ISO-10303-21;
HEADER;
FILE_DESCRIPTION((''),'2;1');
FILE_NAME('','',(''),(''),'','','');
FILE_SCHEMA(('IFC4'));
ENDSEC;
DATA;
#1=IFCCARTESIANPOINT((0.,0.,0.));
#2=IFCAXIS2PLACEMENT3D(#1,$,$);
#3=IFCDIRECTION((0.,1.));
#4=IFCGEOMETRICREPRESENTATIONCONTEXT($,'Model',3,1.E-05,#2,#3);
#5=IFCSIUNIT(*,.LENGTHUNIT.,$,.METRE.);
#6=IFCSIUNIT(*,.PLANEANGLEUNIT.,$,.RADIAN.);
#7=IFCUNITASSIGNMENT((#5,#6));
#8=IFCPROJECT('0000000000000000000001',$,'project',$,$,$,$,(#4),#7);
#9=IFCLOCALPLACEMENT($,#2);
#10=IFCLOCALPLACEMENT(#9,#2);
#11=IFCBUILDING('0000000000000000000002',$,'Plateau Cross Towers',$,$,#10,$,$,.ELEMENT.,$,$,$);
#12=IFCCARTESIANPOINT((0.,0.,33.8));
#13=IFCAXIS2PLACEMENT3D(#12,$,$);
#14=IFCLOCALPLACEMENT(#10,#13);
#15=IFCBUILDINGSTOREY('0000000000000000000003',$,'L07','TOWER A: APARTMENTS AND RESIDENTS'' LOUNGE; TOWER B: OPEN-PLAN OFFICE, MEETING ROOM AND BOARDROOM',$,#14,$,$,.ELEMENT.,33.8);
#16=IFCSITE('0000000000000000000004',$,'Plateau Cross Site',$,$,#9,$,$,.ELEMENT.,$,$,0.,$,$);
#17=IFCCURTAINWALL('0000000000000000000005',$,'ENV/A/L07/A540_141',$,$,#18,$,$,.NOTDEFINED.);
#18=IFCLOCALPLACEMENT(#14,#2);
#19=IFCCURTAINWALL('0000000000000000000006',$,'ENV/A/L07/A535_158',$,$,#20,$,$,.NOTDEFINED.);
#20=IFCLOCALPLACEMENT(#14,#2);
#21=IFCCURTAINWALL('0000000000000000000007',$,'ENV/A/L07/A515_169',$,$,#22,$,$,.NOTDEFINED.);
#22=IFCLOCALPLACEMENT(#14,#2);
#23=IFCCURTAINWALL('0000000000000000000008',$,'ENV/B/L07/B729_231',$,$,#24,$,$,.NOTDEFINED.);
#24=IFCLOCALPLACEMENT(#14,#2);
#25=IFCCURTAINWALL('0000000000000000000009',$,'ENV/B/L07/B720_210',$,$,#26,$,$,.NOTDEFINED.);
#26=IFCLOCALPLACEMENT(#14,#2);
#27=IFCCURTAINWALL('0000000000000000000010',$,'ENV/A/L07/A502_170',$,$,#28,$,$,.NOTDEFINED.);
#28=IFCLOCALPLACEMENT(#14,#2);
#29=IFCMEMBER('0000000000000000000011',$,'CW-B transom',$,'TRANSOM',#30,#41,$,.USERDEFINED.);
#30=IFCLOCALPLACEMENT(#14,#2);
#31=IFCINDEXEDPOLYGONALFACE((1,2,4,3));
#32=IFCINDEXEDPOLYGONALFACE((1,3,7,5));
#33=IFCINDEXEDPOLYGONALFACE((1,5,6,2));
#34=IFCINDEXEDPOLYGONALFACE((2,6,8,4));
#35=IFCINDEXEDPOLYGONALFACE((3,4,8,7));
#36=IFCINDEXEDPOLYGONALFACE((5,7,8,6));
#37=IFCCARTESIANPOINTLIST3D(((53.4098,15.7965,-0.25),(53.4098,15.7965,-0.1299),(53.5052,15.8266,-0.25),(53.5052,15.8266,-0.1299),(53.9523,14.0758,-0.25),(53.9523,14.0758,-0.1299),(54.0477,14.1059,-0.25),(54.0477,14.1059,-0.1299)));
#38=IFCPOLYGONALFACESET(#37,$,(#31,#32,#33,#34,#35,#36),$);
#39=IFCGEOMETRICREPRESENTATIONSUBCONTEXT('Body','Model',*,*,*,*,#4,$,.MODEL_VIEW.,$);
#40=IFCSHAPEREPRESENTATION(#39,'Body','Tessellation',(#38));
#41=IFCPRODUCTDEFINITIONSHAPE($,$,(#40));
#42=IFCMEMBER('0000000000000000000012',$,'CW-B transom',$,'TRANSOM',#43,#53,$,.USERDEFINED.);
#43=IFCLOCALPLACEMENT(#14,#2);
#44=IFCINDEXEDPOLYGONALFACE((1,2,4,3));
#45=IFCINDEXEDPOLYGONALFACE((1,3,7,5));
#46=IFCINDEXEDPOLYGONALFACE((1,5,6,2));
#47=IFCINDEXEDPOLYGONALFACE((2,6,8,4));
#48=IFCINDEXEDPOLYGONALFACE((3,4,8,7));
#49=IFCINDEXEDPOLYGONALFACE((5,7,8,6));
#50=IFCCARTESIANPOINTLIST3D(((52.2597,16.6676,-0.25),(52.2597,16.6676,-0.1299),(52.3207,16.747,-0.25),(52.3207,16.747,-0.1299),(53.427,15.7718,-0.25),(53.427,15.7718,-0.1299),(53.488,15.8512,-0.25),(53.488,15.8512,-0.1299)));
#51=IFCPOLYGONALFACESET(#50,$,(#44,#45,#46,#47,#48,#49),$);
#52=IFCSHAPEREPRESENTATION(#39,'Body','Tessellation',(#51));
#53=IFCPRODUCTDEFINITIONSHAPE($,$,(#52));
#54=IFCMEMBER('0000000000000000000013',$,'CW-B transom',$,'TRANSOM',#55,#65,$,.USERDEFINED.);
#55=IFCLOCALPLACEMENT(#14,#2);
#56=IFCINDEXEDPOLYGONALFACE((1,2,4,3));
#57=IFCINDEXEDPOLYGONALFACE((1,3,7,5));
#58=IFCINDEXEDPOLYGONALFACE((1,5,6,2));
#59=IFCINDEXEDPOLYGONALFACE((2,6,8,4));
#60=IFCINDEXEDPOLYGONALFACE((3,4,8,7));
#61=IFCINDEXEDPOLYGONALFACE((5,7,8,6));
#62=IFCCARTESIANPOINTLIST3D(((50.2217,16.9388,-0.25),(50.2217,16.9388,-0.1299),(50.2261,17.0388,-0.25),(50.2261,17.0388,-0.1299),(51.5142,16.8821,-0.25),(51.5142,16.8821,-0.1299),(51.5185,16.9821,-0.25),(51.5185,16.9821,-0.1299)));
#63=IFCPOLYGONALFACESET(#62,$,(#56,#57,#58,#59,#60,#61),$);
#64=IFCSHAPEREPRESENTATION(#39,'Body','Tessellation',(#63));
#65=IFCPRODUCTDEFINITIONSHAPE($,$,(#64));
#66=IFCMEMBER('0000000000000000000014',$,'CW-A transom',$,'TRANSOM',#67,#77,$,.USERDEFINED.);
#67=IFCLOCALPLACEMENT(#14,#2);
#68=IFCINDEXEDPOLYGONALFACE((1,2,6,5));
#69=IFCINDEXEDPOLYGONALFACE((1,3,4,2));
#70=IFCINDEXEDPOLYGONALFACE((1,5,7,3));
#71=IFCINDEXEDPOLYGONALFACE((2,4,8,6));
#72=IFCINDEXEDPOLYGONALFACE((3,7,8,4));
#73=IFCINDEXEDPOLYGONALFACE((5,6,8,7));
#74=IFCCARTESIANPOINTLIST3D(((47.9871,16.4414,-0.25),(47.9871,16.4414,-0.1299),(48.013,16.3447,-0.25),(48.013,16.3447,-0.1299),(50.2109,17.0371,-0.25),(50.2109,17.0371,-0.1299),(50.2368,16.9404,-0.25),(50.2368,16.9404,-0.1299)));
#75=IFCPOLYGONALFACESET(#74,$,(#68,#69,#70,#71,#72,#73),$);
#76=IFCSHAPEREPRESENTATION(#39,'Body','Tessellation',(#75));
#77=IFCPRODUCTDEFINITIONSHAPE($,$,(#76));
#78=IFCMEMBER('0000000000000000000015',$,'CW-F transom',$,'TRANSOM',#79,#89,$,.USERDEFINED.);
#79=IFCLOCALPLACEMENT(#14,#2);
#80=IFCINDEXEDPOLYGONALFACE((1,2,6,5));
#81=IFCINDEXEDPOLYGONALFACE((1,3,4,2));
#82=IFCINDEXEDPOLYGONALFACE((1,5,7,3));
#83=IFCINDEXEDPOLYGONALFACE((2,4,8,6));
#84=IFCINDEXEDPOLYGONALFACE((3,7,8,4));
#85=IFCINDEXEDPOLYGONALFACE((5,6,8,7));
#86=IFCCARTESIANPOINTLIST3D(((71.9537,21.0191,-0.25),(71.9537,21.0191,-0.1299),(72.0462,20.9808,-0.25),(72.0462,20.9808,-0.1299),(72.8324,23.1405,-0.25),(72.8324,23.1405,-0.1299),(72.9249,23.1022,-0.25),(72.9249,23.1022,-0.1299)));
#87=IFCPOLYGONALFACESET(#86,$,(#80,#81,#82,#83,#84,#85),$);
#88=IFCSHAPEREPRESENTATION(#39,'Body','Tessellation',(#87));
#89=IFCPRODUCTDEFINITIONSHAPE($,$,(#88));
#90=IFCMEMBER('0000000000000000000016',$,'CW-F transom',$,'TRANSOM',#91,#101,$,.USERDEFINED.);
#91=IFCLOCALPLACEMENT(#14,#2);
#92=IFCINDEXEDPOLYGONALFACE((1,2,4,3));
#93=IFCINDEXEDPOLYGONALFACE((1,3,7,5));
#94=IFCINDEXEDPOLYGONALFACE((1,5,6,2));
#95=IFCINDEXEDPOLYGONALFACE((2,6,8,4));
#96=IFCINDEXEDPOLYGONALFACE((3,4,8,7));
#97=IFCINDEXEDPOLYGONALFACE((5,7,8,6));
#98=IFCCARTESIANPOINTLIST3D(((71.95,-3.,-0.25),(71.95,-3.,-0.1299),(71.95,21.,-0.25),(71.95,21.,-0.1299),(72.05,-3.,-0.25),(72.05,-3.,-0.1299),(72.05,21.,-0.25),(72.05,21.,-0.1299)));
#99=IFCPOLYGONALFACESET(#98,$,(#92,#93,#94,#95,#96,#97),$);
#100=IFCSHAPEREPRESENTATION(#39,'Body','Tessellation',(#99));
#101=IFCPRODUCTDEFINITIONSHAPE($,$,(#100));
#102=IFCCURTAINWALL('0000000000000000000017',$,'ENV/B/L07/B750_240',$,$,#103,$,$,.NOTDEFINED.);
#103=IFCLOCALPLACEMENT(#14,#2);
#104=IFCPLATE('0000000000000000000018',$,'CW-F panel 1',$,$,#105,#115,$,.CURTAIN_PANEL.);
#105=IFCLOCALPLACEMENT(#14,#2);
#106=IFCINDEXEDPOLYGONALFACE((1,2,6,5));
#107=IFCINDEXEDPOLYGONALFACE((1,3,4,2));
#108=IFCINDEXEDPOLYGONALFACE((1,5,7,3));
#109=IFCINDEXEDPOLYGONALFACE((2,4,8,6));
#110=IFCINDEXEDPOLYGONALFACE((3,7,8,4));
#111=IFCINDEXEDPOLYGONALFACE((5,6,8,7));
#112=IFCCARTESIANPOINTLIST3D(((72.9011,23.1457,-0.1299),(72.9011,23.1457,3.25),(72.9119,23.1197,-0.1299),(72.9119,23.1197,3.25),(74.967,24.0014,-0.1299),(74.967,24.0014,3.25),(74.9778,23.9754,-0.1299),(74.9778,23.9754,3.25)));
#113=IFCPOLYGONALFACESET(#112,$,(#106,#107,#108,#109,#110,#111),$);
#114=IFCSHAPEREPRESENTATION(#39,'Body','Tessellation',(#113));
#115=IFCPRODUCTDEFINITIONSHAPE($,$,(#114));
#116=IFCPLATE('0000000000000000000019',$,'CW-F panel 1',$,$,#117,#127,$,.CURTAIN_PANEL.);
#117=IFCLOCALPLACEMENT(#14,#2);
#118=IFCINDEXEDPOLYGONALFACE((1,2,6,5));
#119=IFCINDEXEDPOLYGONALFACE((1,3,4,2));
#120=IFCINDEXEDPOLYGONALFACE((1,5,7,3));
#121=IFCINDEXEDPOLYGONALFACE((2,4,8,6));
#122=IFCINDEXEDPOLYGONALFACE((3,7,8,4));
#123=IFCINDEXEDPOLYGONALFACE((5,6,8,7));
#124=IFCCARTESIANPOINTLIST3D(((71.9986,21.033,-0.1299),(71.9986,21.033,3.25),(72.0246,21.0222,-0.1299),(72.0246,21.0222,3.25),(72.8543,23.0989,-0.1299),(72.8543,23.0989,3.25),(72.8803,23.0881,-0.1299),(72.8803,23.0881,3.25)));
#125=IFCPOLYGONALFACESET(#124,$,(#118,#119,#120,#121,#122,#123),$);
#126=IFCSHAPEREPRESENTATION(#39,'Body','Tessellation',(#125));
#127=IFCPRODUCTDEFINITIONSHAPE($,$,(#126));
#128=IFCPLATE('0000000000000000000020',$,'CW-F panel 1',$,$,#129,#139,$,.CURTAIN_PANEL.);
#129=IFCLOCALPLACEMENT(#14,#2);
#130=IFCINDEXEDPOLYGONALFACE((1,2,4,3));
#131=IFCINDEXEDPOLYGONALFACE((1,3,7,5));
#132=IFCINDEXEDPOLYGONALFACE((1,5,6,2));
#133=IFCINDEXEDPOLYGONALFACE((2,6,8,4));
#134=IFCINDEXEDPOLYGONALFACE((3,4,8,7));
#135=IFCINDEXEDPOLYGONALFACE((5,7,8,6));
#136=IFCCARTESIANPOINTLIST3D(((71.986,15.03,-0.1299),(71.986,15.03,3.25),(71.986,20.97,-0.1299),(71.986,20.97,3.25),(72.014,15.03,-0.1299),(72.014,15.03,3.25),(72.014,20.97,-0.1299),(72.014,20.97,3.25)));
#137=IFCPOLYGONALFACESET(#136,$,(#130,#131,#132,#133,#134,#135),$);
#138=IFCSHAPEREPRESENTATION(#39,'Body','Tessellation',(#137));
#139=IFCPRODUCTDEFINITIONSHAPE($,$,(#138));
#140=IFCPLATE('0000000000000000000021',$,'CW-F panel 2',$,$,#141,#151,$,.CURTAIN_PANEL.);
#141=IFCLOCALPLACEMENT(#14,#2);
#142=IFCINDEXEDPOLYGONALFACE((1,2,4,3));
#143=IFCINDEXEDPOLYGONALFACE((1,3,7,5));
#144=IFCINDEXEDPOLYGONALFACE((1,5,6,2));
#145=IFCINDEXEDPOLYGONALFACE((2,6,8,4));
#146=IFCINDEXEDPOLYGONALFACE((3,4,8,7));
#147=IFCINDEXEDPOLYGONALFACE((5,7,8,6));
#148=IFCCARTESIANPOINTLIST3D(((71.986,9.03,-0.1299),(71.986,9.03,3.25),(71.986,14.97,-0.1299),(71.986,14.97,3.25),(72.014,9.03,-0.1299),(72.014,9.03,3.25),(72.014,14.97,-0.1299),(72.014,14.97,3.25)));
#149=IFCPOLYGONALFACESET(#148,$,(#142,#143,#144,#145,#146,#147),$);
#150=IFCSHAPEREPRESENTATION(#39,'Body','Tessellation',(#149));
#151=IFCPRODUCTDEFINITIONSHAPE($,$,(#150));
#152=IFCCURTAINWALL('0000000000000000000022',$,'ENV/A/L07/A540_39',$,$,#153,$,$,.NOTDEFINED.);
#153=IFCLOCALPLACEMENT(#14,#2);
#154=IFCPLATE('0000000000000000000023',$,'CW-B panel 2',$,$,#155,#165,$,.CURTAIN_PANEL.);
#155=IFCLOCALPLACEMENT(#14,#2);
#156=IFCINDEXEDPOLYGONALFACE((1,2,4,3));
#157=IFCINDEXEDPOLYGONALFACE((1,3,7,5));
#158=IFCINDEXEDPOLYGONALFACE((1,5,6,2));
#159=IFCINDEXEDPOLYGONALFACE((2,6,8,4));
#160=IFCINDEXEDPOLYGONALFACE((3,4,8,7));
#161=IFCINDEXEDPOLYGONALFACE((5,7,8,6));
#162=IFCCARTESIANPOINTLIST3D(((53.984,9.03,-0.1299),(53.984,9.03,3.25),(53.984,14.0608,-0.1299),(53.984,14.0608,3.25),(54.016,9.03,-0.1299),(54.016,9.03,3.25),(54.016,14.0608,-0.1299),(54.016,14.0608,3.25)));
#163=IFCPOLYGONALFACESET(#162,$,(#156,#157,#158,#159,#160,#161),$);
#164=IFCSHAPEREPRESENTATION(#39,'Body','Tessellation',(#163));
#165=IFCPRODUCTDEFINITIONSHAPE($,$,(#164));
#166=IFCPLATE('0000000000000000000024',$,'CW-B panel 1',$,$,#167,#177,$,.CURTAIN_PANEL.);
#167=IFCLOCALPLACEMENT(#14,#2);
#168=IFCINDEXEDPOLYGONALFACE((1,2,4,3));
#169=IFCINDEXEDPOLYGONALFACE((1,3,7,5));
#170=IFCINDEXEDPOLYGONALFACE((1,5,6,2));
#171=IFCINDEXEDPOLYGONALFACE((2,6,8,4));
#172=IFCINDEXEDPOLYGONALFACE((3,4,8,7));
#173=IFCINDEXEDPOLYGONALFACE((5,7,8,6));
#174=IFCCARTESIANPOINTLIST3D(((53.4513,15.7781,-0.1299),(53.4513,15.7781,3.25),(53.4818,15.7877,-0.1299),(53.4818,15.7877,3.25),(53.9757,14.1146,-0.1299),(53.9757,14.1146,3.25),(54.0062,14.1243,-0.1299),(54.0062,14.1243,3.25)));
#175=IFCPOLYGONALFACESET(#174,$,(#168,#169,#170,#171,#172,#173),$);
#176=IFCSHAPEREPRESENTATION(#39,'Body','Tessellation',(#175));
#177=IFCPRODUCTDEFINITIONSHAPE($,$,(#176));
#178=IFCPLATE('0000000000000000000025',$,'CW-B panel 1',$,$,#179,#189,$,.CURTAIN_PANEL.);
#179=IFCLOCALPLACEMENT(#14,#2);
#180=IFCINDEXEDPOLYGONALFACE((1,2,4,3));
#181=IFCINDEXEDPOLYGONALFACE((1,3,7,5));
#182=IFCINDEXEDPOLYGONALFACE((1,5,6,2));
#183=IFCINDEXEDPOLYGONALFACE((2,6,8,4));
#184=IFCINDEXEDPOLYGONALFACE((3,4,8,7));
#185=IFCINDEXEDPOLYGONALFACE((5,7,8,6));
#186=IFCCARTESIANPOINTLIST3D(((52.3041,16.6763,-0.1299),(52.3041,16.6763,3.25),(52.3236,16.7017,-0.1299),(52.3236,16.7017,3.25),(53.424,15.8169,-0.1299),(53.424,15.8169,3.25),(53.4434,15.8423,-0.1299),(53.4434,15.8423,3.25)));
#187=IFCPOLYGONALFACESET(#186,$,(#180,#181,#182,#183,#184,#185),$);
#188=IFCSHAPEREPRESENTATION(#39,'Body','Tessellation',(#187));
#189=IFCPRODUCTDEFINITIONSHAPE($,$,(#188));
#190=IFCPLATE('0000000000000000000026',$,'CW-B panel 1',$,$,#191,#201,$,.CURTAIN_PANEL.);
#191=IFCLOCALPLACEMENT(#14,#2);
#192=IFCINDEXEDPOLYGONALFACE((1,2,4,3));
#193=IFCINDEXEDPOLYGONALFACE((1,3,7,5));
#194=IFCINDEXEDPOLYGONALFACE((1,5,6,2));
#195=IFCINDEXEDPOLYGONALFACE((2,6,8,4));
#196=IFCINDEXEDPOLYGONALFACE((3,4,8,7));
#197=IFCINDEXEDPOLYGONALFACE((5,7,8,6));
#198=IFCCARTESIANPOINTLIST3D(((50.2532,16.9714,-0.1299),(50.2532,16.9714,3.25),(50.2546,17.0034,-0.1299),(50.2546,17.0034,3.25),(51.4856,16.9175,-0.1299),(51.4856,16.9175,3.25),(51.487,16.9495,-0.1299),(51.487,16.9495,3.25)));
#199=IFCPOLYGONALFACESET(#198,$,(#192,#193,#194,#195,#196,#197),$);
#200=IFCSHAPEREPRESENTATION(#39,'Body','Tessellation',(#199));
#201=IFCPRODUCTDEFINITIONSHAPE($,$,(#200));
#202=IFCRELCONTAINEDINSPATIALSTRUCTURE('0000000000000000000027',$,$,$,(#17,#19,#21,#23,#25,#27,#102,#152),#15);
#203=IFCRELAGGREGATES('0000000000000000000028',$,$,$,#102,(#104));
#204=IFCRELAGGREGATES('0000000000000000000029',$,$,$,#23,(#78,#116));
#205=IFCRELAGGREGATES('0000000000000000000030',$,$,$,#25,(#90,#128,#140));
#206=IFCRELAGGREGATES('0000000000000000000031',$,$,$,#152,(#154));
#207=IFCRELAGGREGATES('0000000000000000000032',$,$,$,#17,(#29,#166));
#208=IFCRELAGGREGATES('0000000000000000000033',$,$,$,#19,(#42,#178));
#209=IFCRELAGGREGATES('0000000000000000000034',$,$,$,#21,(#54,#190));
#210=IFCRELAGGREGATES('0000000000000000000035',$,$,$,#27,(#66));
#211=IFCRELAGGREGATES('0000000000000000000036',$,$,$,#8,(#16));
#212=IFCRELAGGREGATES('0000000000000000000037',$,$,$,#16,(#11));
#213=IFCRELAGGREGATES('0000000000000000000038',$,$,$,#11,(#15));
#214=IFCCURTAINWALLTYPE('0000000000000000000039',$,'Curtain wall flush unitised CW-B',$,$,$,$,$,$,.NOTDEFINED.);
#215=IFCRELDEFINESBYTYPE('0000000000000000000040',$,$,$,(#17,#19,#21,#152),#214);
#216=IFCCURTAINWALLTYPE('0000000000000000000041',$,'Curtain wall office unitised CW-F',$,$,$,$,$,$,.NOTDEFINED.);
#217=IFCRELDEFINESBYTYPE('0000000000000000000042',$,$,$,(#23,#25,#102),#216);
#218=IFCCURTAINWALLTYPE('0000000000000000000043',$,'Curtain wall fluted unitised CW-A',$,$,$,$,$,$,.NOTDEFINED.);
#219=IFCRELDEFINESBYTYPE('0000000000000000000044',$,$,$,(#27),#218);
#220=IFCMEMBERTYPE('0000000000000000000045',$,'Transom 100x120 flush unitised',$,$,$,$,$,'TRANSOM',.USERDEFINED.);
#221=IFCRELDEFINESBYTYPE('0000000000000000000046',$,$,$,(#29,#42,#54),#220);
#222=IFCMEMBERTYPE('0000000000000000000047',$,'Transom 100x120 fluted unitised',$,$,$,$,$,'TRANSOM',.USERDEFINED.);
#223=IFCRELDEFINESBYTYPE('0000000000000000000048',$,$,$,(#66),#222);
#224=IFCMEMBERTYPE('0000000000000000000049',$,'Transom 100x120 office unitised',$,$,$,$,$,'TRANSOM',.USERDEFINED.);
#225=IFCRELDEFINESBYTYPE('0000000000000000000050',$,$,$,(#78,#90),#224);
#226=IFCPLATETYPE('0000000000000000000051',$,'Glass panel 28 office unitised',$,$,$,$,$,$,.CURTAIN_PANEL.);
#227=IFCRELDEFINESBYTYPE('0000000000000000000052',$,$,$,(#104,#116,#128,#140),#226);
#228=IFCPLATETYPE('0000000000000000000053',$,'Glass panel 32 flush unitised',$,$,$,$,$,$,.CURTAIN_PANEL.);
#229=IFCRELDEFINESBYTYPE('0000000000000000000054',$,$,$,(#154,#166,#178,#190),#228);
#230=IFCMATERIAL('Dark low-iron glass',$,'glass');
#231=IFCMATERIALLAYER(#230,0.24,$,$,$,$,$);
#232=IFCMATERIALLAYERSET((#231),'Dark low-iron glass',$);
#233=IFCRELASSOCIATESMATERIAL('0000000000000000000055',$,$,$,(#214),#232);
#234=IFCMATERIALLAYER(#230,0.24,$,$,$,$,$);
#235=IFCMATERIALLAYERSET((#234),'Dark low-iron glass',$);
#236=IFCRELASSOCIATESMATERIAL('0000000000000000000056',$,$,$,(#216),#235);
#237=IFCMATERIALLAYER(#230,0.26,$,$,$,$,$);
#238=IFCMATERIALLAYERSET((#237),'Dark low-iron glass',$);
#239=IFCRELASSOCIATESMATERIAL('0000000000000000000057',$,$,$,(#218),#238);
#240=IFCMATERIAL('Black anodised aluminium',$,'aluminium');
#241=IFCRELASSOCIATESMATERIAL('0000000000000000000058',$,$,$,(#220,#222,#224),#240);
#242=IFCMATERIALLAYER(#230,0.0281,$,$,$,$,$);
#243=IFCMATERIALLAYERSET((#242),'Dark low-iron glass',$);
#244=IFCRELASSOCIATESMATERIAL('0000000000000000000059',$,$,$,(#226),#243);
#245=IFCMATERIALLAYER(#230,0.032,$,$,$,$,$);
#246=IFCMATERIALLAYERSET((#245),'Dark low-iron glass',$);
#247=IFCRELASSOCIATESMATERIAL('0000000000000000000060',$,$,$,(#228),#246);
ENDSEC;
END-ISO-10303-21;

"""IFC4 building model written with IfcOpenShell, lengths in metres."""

from ifc_helpers import new_model, si_unit, direction, frame, origin, origin_2d, place, context, subcontext, project, spatial, rectangle, extrude, material, layer, layer_set, material_profile, profile_set, type_object, element, aggregate, save


model = new_model("IFC4")

# Units and contexts
model_context = context("Model", 3, precision=1e-05, world=origin(), true_north=direction((0.0, 1.0)))
body_context = subcontext(model_context, "Body", "Model", "MODEL_VIEW")
ifc_project = project(units=[si_unit("LENGTHUNIT", "METRE"), si_unit("PLANEANGLEUNIT", "RADIAN")], contexts=[model_context])

# Site, building, storey
site_placement = place(None, origin())
site = spatial("IfcSite", under=ifc_project, at=site_placement, Name="Plateau Cross Site", CompositionType="ELEMENT", RefElevation=0.0)
building_placement = place(site_placement, origin())
building = spatial("IfcBuilding", under=site, at=building_placement, Name="Plateau Cross Towers", CompositionType="ELEMENT")
storey_placement = place(building_placement, frame((0.0, 0.0, 33.8)))
storey = spatial("IfcBuildingStorey", under=building, at=storey_placement, Name="L07", Description="TOWER A: APARTMENTS AND RESIDENTS' LOUNGE; TOWER B: OPEN-PLAN OFFICE, MEETING ROOM AND BOARDROOM", CompositionType="ELEMENT", Elevation=33.8)

# Curtain wall
ifc_material_1 = material(Name="Dark low-iron glass", Category="glass")
ifc_layer_1 = layer(ifc_material_1, 0.24)
ifc_layer_set_1 = layer_set([ifc_layer_1], Name="Dark low-iron glass")
curtain_wall_type_1 = type_object("IfcCurtainWallType", Name="Curtain wall flush unitised CW-B", PredefinedType="NOTDEFINED", material=ifc_layer_set_1)
curtain_wall_1_placement = place(storey_placement, origin())
curtain_wall_1 = element("IfcCurtainWall", 1, at=curtain_wall_1_placement, inside=storey, type_object=curtain_wall_type_1, Name="ENV/A/L07/A540_141", PredefinedType="NOTDEFINED")
ifc_material_2 = material(Name="Black anodised aluminium", Category="aluminium")

# Curtain wall
curtain_wall_2_placement = place(storey_placement, origin())
curtain_wall_2 = element("IfcCurtainWall", 2, at=curtain_wall_2_placement, inside=storey, type_object=curtain_wall_type_1, Name="ENV/A/L07/A535_158", PredefinedType="NOTDEFINED")

# Curtain walls
curtain_wall_3_placement = place(storey_placement, origin())
curtain_wall_3 = element("IfcCurtainWall", 3, at=curtain_wall_3_placement, inside=storey, type_object=curtain_wall_type_1, Name="ENV/A/L07/A515_169", PredefinedType="NOTDEFINED")
ifc_layer_2 = layer(ifc_material_1, 0.24)
ifc_layer_set_2 = layer_set([ifc_layer_2], Name="Dark low-iron glass")
curtain_wall_type_2 = type_object("IfcCurtainWallType", Name="Curtain wall office unitised CW-F", PredefinedType="NOTDEFINED", material=ifc_layer_set_2)
curtain_wall_4_placement = place(storey_placement, origin())
curtain_wall_4 = element("IfcCurtainWall", 4, at=curtain_wall_4_placement, inside=storey, type_object=curtain_wall_type_2, Name="ENV/B/L07/B729_231", PredefinedType="NOTDEFINED")

# Curtain wall
curtain_wall_5_placement = place(storey_placement, origin())
curtain_wall_5 = element("IfcCurtainWall", 5, at=curtain_wall_5_placement, inside=storey, type_object=curtain_wall_type_2, Name="ENV/B/L07/B720_210", PredefinedType="NOTDEFINED")

# Curtain wall
ifc_layer_3 = layer(ifc_material_1, 0.26)
ifc_layer_set_3 = layer_set([ifc_layer_3], Name="Dark low-iron glass")
curtain_wall_type_3 = type_object("IfcCurtainWallType", Name="Curtain wall fluted unitised CW-A", PredefinedType="NOTDEFINED", material=ifc_layer_set_3)
curtain_wall_6_placement = place(storey_placement, origin())
curtain_wall_6 = element("IfcCurtainWall", 6, at=curtain_wall_6_placement, inside=storey, type_object=curtain_wall_type_3, Name="ENV/A/L07/A502_170", PredefinedType="NOTDEFINED")

# Members
ifc_material_profile_1 = material_profile(ifc_material_2, rectangle(XDim=0.1001, YDim=0.1201, at=origin_2d()), Name="TRANSOM 100x120")
ifc_profile_set_1 = profile_set([ifc_material_profile_1], Name="Black anodised aluminium")
member_type_1 = type_object("IfcMemberType", Name="Transom 100x120 flush unitised", ElementType="TRANSOM", PredefinedType="USERDEFINED", material=ifc_profile_set_1)
member_1_placement = place(storey_placement, frame((54.0, 14.0908, -0.1899), z_axis=(-0.300678, 0.953726, 0.0), x_axis=(-0.953726, -0.300678, 0.0)))
member_1 = element("IfcMember", 7, at=member_1_placement, type_object=member_type_1, Name="CW-B transom", ObjectType="TRANSOM", PredefinedType="USERDEFINED", context=body_context, shape_type="SweptSolid", body=[
    extrude(rectangle(XDim=0.1001, YDim=0.1201, at=origin_2d()), origin(), (0.0, 0.0, 1.0), 1.8042),
])
member_2_placement = place(storey_placement, frame((53.4575, 15.8115, -0.1899), z_axis=(-0.793321, 0.608804, 0.0), x_axis=(-0.608804, -0.793321, 0.0)))
member_2 = element("IfcMember", 8, at=member_2_placement, type_object=member_type_1, Name="CW-B transom", ObjectType="TRANSOM", PredefinedType="USERDEFINED", context=body_context, shape_type="SweptSolid", body=[
    extrude(rectangle(XDim=0.1001, YDim=0.1201, at=origin_2d()), origin(), (0.0, 0.0, 1.0), 1.4714),
])
member_3_placement = place(storey_placement, frame((51.5164, 16.9321, -0.1899), z_axis=(-0.999041, 0.043781, 0.0), x_axis=(-0.043781, -0.999041, 0.0)))
member_3 = element("IfcMember", 9, at=member_3_placement, type_object=member_type_1, Name="CW-B transom", ObjectType="TRANSOM", PredefinedType="USERDEFINED", context=body_context, shape_type="SweptSolid", body=[
    extrude(rectangle(XDim=0.1001, YDim=0.1201, at=origin_2d()), origin(), (0.0, 0.0, 1.0), 1.2937),
])
ifc_material_profile_2 = material_profile(ifc_material_2, rectangle(XDim=0.1001, YDim=0.1201, at=origin_2d()), Name="TRANSOM 100x120")
ifc_profile_set_2 = profile_set([ifc_material_profile_2], Name="Black anodised aluminium")
member_type_2 = type_object("IfcMemberType", Name="Transom 100x120 fluted unitised", ElementType="TRANSOM", PredefinedType="USERDEFINED", material=ifc_profile_set_2)
member_4_placement = place(storey_placement, frame((50.2239, 16.9888, -0.1899), z_axis=(-0.965946, -0.258745, 0.0), x_axis=(0.258745, -0.965946, 0.0)))
member_4 = element("IfcMember", 10, at=member_4_placement, type_object=member_type_2, Name="CW-A transom", ObjectType="TRANSOM", PredefinedType="USERDEFINED", context=body_context, shape_type="SweptSolid", body=[
    extrude(rectangle(XDim=0.1001, YDim=0.1201, at=origin_2d()), origin(), (0.0, 0.0, 1.0), 2.3022),
])
ifc_material_profile_3 = material_profile(ifc_material_2, rectangle(XDim=0.1001, YDim=0.1201, at=origin_2d()), Name="TRANSOM 100x120")
ifc_profile_set_3 = profile_set([ifc_material_profile_3], Name="Black anodised aluminium")
member_type_3 = type_object("IfcMemberType", Name="Transom 100x120 office unitised", ElementType="TRANSOM", PredefinedType="USERDEFINED", material=ifc_profile_set_3)
member_5_placement = place(storey_placement, frame((72.8787, 23.1213, -0.1899), z_axis=(-0.382674, -0.923883, 0.0), x_axis=(0.923883, -0.382674, 0.0)))
member_5 = element("IfcMember", 11, at=member_5_placement, type_object=member_type_3, Name="CW-F transom", ObjectType="TRANSOM", PredefinedType="USERDEFINED", context=body_context, shape_type="SweptSolid", body=[
    extrude(rectangle(XDim=0.1001, YDim=0.1201, at=origin_2d()), origin(), (0.0, 0.0, 1.0), 2.2961),
])
member_6_placement = place(storey_placement, frame((72.0, 21.0, -0.1899), z_axis=(0.0, -1.0, 0.0), x_axis=(1.0, 0.0, 0.0)))
member_6 = element("IfcMember", 12, at=member_6_placement, type_object=member_type_3, Name="CW-F transom", ObjectType="TRANSOM", PredefinedType="USERDEFINED", context=body_context, shape_type="SweptSolid", body=[
    extrude(rectangle(XDim=0.1001, YDim=0.1201, at=origin_2d()), origin(), (0.0, 0.0, 1.0), 24.0),
])

# Curtain wall, plate
curtain_wall_7_placement = place(storey_placement, origin())
curtain_wall_7 = element("IfcCurtainWall", 13, at=curtain_wall_7_placement, inside=storey, type_object=curtain_wall_type_2, Name="ENV/B/L07/B750_240", PredefinedType="NOTDEFINED")
ifc_layer_4 = layer(ifc_material_1, 0.0281)
ifc_layer_set_4 = layer_set([ifc_layer_4], Name="Dark low-iron glass")
plate_type_1 = type_object("IfcPlateType", Name="Glass panel 28 office unitised", PredefinedType="CURTAIN_PANEL", material=ifc_layer_set_4)
plate_1_placement = place(storey_placement, frame((73.9395, 23.5605, -0.1299), z_axis=(0.0, 0.0, 1.0), x_axis=(-0.923879, -0.382684, 0.0)))
plate_1 = element("IfcPlate", 14, at=plate_1_placement, type_object=plate_type_1, Name="CW-F panel 1", PredefinedType="CURTAIN_PANEL", context=body_context, shape_type="SweptSolid", body=[
    extrude(rectangle(XDim=2.2361, YDim=0.0281, at=origin_2d()), origin(), (0.0, 0.0, 1.0), 3.3799),
])
aggregate(curtain_wall_7, [plate_1])

# Plates
plate_2_placement = place(storey_placement, frame((72.4395, 22.0605, -0.1299), z_axis=(0.0, 0.0, 1.0), x_axis=(-0.382684, -0.923879, 0.0)))
plate_2 = element("IfcPlate", 15, at=plate_2_placement, type_object=plate_type_1, Name="CW-F panel 1", PredefinedType="CURTAIN_PANEL", context=body_context, shape_type="SweptSolid", body=[
    extrude(rectangle(XDim=2.2361, YDim=0.0281, at=origin_2d()), origin(), (0.0, 0.0, 1.0), 3.3799),
])
aggregate(curtain_wall_4, [member_5, plate_2])
plate_3_placement = place(storey_placement, frame((72.0, 18.0, -0.1299), z_axis=(0.0, 0.0, 1.0), x_axis=(0.0, -1.0, 0.0)))
plate_3 = element("IfcPlate", 16, at=plate_3_placement, type_object=plate_type_1, Name="CW-F panel 1", PredefinedType="CURTAIN_PANEL", context=body_context, shape_type="SweptSolid", body=[
    extrude(rectangle(XDim=5.9399, YDim=0.0281, at=origin_2d()), origin(), (0.0, 0.0, 1.0), 3.3799),
])
plate_4_placement = place(storey_placement, frame((72.0, 12.0, -0.1299), z_axis=(0.0, 0.0, 1.0), x_axis=(0.0, -1.0, 0.0)))
plate_4 = element("IfcPlate", 17, at=plate_4_placement, type_object=plate_type_1, Name="CW-F panel 2", PredefinedType="CURTAIN_PANEL", context=body_context, shape_type="SweptSolid", body=[
    extrude(rectangle(XDim=5.9399, YDim=0.0281, at=origin_2d()), origin(), (0.0, 0.0, 1.0), 3.3799),
])
aggregate(curtain_wall_5, [member_6, plate_3, plate_4])

# Curtain wall, plate
curtain_wall_8_placement = place(storey_placement, origin())
curtain_wall_8 = element("IfcCurtainWall", 18, at=curtain_wall_8_placement, inside=storey, type_object=curtain_wall_type_1, Name="ENV/A/L07/A540_39", PredefinedType="NOTDEFINED")
ifc_layer_5 = layer(ifc_material_1, 0.032)
ifc_layer_set_5 = layer_set([ifc_layer_5], Name="Dark low-iron glass")
plate_type_2 = type_object("IfcPlateType", Name="Glass panel 32 flush unitised", PredefinedType="CURTAIN_PANEL", material=ifc_layer_set_5)
plate_5_placement = place(storey_placement, frame((54.0, 11.5454, -0.1299), z_axis=(0.0, 0.0, 1.0), x_axis=(0.0, 1.0, 0.0)))
plate_5 = element("IfcPlate", 19, at=plate_5_placement, type_object=plate_type_2, Name="CW-B panel 2", PredefinedType="CURTAIN_PANEL", context=body_context, shape_type="SweptSolid", body=[
    extrude(rectangle(XDim=5.0308, YDim=0.032, at=origin_2d()), origin(), (0.0, 0.0, 1.0), 3.3799),
])
aggregate(curtain_wall_8, [plate_5])

# Plates
plate_6_placement = place(storey_placement, frame((53.7288, 14.9512, -0.1299), z_axis=(0.0, 0.0, 1.0), x_axis=(-0.300686, 0.953723, 0.0)))
plate_6 = element("IfcPlate", 20, at=plate_6_placement, type_object=plate_type_2, Name="CW-B panel 1", PredefinedType="CURTAIN_PANEL", context=body_context, shape_type="SweptSolid", body=[
    extrude(rectangle(XDim=1.7441, YDim=0.032, at=origin_2d()), origin(), (0.0, 0.0, 1.0), 3.3799),
])
aggregate(curtain_wall_1, [member_1, plate_6])
plate_7_placement = place(storey_placement, frame((52.8738, 16.2593, -0.1299), z_axis=(0.0, 0.0, 1.0), x_axis=(-0.793316, 0.608811, 0.0)))
plate_7 = element("IfcPlate", 21, at=plate_7_placement, type_object=plate_type_2, Name="CW-B panel 1", PredefinedType="CURTAIN_PANEL", context=body_context, shape_type="SweptSolid", body=[
    extrude(rectangle(XDim=1.4116, YDim=0.032, at=origin_2d()), origin(), (0.0, 0.0, 1.0), 3.3799),
])
aggregate(curtain_wall_2, [member_2, plate_7])
plate_8_placement = place(storey_placement, frame((50.8701, 16.9604, -0.1299), z_axis=(0.0, 0.0, 1.0), x_axis=(-0.999044, 0.043723, 0.0)))
plate_8 = element("IfcPlate", 22, at=plate_8_placement, type_object=plate_type_2, Name="CW-B panel 1", PredefinedType="CURTAIN_PANEL", context=body_context, shape_type="SweptSolid", body=[
    extrude(rectangle(XDim=1.2336, YDim=0.032, at=origin_2d()), origin(), (0.0, 0.0, 1.0), 3.3799),
])
aggregate(curtain_wall_3, [member_3, plate_8])
aggregate(curtain_wall_6, [member_4])

save(model, "model.ifc")
